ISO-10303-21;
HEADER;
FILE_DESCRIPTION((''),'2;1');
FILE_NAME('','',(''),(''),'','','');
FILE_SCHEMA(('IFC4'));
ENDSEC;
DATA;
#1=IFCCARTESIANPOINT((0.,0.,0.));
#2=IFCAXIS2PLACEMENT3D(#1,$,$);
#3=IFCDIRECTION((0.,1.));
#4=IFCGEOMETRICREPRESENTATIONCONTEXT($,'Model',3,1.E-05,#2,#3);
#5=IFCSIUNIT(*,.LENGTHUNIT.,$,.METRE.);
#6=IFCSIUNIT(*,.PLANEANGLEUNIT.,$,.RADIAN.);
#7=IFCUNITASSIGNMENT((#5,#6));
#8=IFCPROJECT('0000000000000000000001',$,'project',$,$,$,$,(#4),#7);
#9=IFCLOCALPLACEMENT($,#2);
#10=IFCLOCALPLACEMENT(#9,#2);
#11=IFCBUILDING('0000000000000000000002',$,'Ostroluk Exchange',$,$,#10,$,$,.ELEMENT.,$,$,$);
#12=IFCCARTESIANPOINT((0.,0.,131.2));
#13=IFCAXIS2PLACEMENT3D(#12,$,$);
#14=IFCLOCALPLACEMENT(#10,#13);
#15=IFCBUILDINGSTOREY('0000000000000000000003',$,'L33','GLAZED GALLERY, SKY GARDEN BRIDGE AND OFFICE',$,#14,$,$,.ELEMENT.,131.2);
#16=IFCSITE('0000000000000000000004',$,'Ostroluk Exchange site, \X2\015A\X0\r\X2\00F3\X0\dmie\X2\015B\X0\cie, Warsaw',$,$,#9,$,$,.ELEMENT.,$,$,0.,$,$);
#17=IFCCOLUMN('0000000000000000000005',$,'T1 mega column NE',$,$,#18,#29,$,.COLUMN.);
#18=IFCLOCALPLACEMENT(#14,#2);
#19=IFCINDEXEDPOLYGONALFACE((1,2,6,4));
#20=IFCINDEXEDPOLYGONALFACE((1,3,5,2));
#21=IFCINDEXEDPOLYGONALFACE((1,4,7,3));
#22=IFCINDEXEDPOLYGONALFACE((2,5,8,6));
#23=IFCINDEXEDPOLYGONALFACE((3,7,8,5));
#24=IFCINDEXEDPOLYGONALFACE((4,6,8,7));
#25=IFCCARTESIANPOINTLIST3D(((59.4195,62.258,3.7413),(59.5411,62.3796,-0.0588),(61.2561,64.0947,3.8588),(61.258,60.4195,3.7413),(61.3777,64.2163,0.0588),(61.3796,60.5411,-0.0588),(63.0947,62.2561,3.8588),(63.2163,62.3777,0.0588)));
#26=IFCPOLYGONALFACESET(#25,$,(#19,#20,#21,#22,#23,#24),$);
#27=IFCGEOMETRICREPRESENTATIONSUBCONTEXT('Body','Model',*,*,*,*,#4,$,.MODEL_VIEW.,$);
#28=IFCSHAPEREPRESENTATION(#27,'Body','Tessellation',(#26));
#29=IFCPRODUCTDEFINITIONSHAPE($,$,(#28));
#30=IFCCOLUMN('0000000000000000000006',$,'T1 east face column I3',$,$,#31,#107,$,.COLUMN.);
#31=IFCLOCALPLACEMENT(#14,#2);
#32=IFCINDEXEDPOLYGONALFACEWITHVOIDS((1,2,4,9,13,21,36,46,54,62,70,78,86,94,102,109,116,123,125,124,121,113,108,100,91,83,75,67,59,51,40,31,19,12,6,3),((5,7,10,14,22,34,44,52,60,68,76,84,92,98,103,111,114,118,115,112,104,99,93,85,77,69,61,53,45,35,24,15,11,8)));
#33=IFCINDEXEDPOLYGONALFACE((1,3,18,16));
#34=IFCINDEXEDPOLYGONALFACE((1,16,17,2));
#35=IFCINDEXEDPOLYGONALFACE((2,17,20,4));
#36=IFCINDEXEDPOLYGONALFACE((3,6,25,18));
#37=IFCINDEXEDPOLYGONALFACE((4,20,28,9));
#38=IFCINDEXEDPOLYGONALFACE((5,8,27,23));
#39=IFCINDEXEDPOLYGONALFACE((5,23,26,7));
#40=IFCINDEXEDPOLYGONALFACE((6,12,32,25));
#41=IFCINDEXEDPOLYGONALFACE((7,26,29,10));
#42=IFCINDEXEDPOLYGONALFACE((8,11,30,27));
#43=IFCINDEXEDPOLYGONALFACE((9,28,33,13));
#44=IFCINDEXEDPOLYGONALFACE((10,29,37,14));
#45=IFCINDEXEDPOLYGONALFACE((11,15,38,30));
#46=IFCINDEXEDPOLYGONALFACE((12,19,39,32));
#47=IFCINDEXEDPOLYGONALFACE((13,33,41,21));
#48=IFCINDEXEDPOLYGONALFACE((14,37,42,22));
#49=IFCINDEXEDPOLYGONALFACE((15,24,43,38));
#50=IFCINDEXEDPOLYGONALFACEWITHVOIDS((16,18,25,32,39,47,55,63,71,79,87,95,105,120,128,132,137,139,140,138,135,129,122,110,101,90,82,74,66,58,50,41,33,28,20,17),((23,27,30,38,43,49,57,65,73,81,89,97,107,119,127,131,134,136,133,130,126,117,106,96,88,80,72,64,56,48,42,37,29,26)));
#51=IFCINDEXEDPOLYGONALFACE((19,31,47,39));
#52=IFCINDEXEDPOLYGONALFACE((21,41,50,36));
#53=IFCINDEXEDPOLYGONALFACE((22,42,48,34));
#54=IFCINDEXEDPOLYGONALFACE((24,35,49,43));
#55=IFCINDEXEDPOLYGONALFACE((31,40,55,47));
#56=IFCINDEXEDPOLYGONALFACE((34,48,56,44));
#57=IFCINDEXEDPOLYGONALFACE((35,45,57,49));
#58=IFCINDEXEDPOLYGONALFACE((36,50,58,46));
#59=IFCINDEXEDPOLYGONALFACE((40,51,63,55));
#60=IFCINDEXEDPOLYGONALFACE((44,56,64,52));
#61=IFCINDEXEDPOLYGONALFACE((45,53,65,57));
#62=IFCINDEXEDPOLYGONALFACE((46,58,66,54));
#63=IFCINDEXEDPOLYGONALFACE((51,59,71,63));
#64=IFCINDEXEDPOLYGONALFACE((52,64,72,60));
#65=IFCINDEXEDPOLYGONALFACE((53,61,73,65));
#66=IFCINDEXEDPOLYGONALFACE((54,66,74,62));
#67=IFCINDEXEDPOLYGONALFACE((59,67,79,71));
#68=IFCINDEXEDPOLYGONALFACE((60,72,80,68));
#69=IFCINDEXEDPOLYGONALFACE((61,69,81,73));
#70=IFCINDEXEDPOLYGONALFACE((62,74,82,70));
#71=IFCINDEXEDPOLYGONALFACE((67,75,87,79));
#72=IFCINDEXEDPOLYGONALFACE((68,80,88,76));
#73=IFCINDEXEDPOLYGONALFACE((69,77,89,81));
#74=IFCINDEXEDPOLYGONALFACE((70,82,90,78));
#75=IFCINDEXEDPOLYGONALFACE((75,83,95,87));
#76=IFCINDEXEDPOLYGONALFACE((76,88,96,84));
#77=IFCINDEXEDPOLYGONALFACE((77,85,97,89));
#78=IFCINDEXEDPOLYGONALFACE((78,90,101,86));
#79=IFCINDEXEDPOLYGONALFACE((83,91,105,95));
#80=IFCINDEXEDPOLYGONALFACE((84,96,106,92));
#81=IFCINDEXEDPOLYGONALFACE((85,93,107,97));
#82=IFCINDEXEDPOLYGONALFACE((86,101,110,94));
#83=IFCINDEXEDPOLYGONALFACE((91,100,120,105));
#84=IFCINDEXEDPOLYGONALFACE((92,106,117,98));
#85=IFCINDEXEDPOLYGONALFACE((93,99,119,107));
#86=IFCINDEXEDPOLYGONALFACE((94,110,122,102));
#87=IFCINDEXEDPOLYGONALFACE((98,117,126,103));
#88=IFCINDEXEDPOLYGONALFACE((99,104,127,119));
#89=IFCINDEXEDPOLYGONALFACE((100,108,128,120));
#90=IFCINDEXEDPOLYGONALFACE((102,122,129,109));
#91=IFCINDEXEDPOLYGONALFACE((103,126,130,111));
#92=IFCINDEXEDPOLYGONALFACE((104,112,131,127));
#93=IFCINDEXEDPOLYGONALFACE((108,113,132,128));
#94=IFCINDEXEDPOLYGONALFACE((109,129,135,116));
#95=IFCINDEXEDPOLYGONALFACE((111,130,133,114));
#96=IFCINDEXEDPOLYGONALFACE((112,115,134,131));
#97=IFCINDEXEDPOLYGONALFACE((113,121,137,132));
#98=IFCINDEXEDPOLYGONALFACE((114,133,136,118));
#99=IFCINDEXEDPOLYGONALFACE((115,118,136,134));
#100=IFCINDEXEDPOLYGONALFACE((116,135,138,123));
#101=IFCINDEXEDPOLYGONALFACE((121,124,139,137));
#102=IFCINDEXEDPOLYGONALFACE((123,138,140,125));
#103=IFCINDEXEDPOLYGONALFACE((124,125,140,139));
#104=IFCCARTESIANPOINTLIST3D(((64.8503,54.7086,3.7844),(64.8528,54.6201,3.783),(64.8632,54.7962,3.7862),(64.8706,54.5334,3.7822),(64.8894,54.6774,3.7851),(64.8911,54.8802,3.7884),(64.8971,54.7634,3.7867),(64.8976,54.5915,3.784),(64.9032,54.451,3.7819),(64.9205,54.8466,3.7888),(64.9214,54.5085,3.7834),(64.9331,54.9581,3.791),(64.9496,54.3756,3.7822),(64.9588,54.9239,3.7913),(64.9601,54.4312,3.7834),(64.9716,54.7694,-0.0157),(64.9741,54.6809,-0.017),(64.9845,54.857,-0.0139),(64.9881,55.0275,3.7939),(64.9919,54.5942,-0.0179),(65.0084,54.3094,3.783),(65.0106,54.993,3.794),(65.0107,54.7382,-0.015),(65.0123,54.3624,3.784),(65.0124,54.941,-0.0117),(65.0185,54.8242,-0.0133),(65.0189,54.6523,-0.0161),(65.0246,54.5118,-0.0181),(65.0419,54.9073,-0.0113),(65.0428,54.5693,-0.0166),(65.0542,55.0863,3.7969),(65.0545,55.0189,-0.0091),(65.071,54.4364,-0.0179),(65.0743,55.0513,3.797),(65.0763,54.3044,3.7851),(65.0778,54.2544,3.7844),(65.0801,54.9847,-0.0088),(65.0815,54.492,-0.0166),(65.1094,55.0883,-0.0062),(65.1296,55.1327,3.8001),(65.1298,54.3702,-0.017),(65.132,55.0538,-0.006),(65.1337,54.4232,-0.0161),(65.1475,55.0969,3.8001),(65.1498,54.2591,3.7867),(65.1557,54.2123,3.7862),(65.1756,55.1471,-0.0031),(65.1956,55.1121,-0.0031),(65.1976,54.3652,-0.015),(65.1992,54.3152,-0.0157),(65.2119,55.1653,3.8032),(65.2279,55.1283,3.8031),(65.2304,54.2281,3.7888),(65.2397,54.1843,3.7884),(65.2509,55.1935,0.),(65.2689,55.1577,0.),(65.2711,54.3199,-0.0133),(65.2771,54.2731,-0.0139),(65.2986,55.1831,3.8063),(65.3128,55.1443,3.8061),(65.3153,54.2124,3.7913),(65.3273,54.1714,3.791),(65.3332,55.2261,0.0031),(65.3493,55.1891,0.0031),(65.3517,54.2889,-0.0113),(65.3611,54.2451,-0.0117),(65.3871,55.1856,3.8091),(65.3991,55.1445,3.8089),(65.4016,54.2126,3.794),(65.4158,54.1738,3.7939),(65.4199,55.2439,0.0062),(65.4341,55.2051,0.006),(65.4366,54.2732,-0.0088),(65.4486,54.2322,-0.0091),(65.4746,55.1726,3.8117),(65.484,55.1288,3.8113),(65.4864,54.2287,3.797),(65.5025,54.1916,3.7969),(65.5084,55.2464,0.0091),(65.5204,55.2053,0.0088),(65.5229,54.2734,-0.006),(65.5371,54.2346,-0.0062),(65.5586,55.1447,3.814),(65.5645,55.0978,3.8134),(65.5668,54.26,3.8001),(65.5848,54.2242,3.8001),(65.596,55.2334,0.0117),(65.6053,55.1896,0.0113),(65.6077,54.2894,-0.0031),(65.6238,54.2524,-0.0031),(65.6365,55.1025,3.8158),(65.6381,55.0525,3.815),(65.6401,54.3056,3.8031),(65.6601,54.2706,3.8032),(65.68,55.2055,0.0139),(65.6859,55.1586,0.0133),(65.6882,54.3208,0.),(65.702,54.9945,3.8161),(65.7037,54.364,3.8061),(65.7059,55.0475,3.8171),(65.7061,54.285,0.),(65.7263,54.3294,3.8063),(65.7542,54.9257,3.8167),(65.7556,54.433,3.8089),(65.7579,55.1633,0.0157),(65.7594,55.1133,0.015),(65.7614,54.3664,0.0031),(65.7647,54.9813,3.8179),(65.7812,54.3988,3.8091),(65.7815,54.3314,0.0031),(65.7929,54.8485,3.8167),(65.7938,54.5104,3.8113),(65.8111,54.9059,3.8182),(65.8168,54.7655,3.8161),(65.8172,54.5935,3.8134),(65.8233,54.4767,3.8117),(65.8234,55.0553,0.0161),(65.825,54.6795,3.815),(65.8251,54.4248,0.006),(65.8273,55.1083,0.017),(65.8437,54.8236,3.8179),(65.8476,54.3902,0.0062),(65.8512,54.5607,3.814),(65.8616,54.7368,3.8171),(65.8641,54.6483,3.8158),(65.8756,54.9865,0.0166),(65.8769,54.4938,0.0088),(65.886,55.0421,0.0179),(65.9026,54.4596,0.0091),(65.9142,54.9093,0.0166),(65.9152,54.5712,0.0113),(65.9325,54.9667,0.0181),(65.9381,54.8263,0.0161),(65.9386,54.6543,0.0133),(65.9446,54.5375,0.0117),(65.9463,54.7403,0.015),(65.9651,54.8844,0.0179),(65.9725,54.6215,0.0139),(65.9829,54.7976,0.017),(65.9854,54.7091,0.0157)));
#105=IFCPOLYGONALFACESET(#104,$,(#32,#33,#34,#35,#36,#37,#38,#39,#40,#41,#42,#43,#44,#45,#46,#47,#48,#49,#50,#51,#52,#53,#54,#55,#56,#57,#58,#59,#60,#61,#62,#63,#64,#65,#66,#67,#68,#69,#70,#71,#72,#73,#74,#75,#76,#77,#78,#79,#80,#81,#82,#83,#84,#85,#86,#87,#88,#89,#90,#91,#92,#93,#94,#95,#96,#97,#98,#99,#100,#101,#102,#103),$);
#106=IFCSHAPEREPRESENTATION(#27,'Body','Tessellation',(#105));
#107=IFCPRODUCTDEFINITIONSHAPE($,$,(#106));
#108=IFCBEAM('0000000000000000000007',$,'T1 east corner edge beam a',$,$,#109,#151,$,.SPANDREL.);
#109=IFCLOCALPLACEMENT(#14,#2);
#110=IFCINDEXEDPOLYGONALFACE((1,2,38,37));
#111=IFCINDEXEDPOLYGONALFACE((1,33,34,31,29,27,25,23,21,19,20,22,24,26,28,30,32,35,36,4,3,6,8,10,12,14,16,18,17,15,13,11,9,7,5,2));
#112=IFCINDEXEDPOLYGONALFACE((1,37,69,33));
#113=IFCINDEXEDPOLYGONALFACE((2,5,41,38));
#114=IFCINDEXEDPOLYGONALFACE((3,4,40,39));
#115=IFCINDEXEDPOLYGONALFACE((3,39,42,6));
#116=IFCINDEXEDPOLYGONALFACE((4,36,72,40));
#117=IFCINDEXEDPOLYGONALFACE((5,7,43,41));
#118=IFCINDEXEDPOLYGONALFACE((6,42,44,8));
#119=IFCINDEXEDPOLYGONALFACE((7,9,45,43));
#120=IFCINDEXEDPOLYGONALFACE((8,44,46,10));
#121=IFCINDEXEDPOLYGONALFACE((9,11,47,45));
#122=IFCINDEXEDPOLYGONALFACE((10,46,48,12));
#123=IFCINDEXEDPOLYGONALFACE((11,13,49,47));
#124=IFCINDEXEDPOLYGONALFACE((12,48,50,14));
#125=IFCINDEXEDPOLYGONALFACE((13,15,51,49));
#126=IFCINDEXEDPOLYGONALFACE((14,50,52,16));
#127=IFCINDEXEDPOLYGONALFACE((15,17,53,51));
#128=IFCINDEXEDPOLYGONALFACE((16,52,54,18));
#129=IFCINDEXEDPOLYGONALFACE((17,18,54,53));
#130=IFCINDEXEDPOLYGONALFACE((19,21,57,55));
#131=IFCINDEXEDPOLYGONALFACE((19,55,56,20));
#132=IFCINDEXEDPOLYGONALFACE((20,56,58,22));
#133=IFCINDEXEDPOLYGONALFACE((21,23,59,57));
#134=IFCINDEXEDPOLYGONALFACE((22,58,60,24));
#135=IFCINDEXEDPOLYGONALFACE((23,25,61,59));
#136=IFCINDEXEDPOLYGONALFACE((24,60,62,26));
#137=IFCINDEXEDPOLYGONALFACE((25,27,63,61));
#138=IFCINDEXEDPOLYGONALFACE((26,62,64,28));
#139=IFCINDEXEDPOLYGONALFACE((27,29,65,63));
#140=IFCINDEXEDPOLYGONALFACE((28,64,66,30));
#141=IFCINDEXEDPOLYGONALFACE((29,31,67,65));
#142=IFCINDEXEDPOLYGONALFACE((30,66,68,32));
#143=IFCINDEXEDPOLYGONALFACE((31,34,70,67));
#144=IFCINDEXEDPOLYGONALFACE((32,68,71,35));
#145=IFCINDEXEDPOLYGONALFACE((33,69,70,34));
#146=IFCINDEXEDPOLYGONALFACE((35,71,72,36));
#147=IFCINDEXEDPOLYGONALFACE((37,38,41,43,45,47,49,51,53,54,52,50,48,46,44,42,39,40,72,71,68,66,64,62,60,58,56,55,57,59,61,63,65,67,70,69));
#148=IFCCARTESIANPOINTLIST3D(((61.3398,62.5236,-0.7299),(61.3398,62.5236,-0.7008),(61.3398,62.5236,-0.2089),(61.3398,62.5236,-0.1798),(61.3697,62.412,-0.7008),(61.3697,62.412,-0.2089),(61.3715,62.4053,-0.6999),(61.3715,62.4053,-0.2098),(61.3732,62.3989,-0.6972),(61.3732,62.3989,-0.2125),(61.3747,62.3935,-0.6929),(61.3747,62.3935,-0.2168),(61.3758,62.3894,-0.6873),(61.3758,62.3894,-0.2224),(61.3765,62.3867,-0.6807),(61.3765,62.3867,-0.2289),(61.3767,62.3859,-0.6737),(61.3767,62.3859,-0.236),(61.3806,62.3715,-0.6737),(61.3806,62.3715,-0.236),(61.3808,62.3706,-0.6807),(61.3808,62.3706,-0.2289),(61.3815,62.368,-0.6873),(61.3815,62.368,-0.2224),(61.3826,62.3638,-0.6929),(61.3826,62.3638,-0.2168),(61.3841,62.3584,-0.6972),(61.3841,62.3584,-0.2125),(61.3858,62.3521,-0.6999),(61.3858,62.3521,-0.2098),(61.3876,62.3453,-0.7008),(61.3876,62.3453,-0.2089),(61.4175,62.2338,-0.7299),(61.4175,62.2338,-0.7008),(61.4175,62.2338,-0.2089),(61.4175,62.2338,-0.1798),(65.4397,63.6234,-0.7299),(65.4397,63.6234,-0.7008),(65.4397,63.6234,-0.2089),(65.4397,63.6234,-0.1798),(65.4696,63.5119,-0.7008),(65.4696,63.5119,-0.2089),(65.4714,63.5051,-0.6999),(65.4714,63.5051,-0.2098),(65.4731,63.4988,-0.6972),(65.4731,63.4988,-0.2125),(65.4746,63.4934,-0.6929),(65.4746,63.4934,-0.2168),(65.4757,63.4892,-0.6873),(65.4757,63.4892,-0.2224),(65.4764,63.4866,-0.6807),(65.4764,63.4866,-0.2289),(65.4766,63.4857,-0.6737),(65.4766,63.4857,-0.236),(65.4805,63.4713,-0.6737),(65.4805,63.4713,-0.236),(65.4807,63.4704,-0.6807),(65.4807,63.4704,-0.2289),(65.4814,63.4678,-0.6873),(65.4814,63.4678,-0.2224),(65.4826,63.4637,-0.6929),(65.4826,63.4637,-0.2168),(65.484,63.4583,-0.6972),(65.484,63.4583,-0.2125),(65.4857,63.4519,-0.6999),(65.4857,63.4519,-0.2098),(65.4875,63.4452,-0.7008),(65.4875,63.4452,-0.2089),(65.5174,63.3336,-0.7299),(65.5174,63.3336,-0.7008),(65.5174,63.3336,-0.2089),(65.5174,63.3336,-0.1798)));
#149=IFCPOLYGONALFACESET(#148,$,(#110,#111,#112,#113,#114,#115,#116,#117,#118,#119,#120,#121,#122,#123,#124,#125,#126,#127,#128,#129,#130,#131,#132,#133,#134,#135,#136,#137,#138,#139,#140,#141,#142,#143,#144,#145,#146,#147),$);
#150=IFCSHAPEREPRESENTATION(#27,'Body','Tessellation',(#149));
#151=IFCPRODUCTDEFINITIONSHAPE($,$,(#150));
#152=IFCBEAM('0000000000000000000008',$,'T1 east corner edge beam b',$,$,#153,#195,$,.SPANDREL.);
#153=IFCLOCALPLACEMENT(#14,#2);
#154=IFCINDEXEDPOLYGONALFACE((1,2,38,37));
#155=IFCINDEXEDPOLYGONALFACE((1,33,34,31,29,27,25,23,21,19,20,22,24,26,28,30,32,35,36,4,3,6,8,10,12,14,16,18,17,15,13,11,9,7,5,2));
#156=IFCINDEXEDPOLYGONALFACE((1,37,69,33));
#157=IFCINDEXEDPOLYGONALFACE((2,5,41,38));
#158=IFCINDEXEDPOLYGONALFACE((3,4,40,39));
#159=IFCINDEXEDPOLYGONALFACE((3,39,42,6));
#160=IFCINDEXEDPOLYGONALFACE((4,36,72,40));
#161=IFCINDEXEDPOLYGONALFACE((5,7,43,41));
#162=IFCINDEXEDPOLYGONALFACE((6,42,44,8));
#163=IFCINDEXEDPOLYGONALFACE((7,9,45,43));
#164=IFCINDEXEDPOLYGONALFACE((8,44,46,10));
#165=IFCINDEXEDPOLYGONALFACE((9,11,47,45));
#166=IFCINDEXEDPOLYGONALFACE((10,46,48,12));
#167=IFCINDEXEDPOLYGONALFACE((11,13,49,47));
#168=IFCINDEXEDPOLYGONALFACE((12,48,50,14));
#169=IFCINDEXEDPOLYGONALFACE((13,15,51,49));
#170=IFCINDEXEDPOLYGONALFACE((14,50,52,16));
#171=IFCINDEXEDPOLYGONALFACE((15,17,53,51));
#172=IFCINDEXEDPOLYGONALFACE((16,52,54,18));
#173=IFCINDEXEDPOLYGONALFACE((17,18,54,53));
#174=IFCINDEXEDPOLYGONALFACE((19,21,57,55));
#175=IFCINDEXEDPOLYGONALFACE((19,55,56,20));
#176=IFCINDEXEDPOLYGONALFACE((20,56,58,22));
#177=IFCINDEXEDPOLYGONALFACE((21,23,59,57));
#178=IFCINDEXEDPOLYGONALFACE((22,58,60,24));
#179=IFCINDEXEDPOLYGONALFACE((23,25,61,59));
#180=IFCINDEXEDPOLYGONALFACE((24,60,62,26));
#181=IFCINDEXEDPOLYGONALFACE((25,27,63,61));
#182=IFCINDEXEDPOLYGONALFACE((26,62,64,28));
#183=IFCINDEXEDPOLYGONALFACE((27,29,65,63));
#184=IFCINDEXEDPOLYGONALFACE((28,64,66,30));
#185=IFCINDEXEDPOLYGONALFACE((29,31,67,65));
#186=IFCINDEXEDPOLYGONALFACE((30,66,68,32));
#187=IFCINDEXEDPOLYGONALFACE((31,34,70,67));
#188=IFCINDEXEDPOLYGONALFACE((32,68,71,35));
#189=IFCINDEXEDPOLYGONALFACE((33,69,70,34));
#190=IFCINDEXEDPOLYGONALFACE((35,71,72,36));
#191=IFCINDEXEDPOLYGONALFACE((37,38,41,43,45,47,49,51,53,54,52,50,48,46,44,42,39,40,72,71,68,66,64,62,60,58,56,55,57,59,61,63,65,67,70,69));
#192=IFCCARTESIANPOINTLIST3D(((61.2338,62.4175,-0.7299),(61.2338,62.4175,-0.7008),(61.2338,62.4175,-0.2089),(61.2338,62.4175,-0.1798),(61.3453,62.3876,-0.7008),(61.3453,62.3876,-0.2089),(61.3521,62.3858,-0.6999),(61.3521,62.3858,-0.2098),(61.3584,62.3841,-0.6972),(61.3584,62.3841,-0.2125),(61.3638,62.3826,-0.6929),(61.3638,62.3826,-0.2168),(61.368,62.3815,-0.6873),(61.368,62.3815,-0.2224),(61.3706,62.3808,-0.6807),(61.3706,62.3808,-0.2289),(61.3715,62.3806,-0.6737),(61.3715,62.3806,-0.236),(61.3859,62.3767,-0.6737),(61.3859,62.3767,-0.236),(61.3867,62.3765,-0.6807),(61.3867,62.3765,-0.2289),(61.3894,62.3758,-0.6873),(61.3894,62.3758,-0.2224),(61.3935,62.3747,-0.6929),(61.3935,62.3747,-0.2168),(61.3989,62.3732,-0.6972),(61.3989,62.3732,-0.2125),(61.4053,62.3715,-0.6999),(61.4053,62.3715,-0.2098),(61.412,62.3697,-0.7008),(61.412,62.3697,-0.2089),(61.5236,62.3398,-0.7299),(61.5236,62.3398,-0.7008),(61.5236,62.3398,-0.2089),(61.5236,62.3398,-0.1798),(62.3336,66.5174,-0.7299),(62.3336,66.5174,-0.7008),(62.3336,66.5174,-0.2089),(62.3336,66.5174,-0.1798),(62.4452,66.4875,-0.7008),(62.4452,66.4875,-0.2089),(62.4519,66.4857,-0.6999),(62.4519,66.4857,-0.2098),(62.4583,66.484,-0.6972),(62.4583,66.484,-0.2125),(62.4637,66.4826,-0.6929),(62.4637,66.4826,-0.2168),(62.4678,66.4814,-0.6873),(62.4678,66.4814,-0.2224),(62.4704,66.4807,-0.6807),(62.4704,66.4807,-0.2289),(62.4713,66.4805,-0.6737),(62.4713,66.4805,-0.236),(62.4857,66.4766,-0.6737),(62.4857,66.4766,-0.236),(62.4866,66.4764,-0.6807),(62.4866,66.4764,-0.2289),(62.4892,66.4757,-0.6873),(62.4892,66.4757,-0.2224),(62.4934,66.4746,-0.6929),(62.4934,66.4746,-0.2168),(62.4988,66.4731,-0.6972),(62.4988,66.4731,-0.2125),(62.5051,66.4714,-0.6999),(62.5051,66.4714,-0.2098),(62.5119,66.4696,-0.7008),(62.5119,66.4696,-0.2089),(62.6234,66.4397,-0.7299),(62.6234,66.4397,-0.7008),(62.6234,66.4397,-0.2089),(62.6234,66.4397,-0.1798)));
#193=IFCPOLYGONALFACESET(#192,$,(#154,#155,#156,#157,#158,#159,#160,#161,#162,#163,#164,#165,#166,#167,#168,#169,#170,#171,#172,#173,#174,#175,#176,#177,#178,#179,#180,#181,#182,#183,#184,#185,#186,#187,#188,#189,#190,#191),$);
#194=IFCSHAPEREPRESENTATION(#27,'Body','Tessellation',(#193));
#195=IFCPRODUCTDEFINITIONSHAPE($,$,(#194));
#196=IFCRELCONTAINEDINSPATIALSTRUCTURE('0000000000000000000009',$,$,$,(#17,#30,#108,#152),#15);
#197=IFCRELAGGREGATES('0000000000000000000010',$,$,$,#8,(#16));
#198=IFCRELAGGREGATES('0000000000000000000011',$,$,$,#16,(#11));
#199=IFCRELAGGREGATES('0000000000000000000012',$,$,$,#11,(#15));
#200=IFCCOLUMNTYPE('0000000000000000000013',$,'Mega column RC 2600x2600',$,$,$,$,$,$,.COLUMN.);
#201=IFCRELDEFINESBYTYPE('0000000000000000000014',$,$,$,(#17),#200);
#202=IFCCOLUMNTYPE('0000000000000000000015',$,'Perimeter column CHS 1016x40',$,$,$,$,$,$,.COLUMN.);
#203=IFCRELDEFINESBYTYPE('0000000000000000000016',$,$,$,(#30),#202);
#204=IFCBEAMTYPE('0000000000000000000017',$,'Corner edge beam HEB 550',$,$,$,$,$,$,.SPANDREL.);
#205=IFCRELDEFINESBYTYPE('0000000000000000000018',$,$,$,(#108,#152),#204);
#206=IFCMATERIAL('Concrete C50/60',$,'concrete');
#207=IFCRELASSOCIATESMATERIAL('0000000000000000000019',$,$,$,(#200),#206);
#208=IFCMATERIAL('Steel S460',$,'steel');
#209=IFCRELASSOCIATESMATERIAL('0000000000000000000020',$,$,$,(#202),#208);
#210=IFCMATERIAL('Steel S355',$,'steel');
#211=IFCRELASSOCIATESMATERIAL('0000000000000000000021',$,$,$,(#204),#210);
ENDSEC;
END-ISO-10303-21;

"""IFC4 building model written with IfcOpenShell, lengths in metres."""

from ifc_helpers import new_model, si_unit, direction, frame, origin, origin_2d, place, context, subcontext, project, spatial, rectangle, hollow_circle, i_section, extrude, material, material_profile, profile_set, type_object, element, save


model = new_model("IFC4")

# Units and contexts
model_context = context("Model", 3, precision=1e-05, world=origin(), true_north=direction((0.0, 1.0)))
body_context = subcontext(model_context, "Body", "Model", "MODEL_VIEW")
ifc_project = project(units=[si_unit("LENGTHUNIT", "METRE"), si_unit("PLANEANGLEUNIT", "RADIAN")], contexts=[model_context])

# Site, building, storey
site_placement = place(None, origin())
site = spatial("IfcSite", under=ifc_project, at=site_placement, Name="Ostroluk Exchange site, Śródmieście, Warsaw", CompositionType="ELEMENT", RefElevation=0.0)
building_placement = place(site_placement, origin())
building = spatial("IfcBuilding", under=site, at=building_placement, Name="Ostroluk Exchange", CompositionType="ELEMENT")
storey_placement = place(building_placement, frame((0.0, 0.0, 131.2)))
storey = spatial("IfcBuildingStorey", under=building, at=storey_placement, Name="L33", Description="GLAZED GALLERY, SKY GARDEN BRIDGE AND OFFICE", CompositionType="ELEMENT", Elevation=131.2)

# Columns
ifc_material_1 = material(Name="Concrete C50/60", Category="concrete")
ifc_material_profile_1 = material_profile(ifc_material_1, rectangle(XDim=2.6001, YDim=2.6001, at=origin_2d()), Name="RC 2600x2600")
ifc_profile_set_1 = profile_set([ifc_material_profile_1], Name="Concrete C50/60")
column_type_1 = type_object("IfcColumnType", Name="Mega column RC 2600x2600", PredefinedType="COLUMN", material=ifc_profile_set_1)
column_1_placement = place(storey_placement, frame((61.3787, 62.3787, 0.0), z_axis=(-0.031962, -0.031962, 0.998978), x_axis=(0.707107, -0.707107, 0.0)))
element("IfcColumn", 1, at=column_1_placement, inside=storey, type_object=column_type_1, Name="T1 mega column NE", PredefinedType="COLUMN", context=body_context, shape_type="SweptSolid", body=[
    extrude(rectangle(XDim=2.6001, YDim=2.6001, at=origin_2d()), origin(), (0.0, 0.0, 1.0), 3.804),
])
ifc_material_2 = material(Name="Steel S460", Category="steel")
ifc_material_profile_2 = material_profile(ifc_material_2, hollow_circle(Radius=0.5081, WallThickness=0.04, at=origin_2d()), Name="CHS 1016x40")
ifc_profile_set_2 = profile_set([ifc_material_profile_2], Name="Steel S460")
column_type_2 = type_object("IfcColumnType", Name="Perimeter column CHS 1016x40", PredefinedType="COLUMN", material=ifc_profile_set_2)
column_2_placement = place(storey_placement, frame((65.4785, 54.7393, 0.0), z_axis=(-0.03191, -0.015987, 0.999363), x_axis=(0.447933, -0.894067, 0.0)))
element("IfcColumn", 2, at=column_2_placement, inside=storey, type_object=column_type_2, Name="T1 east face column I3", PredefinedType="COLUMN", context=body_context, shape_type="SweptSolid", body=[
    extrude(hollow_circle(Radius=0.5081, WallThickness=0.04, at=origin_2d()), origin(), (0.0, 0.0, 1.0), 3.8025),
])

# Beams
ifc_material_3 = material(Name="Steel S355", Category="steel")
ifc_material_profile_3 = material_profile(ifc_material_3, i_section(OverallWidth=0.3, OverallDepth=0.55, WebThickness=0.0149, FlangeThickness=0.0291, FilletRadius=0.0271, at=origin_2d()), Name="HEB 550")
ifc_profile_set_3 = profile_set([ifc_material_profile_3], Name="Steel S355")
beam_type_1 = type_object("IfcBeamType", Name="Corner edge beam HEB 550", PredefinedType="SPANDREL", material=ifc_profile_set_3)
for number, where, z_axis, x_axis, name in (
    (3, (61.3787, 62.3787, -0.4548), (0.965849, 0.259105, 0.0), (-0.259105, 0.965849, 0.0), "T1 east corner edge beam a"),
    (4, (61.3787, 62.3787, -0.4548), (0.259105, 0.965849, 0.0), (-0.965849, 0.259105, 0.0), "T1 east corner edge beam b"),
):
    element("IfcBeam", number, at=place(storey_placement, frame(where, z_axis=z_axis, x_axis=x_axis)), inside=storey, type_object=beam_type_1, Name=name, PredefinedType="SPANDREL", context=body_context, shape_type="SweptSolid", body=[
        extrude(i_section(OverallWidth=0.3, OverallDepth=0.55, WebThickness=0.0149, FlangeThickness=0.0291, FilletRadius=0.0271, at=origin_2d()), origin(), (0.0, 0.0, 1.0), 4.2449),
    ])

save(model, "model.ifc")
